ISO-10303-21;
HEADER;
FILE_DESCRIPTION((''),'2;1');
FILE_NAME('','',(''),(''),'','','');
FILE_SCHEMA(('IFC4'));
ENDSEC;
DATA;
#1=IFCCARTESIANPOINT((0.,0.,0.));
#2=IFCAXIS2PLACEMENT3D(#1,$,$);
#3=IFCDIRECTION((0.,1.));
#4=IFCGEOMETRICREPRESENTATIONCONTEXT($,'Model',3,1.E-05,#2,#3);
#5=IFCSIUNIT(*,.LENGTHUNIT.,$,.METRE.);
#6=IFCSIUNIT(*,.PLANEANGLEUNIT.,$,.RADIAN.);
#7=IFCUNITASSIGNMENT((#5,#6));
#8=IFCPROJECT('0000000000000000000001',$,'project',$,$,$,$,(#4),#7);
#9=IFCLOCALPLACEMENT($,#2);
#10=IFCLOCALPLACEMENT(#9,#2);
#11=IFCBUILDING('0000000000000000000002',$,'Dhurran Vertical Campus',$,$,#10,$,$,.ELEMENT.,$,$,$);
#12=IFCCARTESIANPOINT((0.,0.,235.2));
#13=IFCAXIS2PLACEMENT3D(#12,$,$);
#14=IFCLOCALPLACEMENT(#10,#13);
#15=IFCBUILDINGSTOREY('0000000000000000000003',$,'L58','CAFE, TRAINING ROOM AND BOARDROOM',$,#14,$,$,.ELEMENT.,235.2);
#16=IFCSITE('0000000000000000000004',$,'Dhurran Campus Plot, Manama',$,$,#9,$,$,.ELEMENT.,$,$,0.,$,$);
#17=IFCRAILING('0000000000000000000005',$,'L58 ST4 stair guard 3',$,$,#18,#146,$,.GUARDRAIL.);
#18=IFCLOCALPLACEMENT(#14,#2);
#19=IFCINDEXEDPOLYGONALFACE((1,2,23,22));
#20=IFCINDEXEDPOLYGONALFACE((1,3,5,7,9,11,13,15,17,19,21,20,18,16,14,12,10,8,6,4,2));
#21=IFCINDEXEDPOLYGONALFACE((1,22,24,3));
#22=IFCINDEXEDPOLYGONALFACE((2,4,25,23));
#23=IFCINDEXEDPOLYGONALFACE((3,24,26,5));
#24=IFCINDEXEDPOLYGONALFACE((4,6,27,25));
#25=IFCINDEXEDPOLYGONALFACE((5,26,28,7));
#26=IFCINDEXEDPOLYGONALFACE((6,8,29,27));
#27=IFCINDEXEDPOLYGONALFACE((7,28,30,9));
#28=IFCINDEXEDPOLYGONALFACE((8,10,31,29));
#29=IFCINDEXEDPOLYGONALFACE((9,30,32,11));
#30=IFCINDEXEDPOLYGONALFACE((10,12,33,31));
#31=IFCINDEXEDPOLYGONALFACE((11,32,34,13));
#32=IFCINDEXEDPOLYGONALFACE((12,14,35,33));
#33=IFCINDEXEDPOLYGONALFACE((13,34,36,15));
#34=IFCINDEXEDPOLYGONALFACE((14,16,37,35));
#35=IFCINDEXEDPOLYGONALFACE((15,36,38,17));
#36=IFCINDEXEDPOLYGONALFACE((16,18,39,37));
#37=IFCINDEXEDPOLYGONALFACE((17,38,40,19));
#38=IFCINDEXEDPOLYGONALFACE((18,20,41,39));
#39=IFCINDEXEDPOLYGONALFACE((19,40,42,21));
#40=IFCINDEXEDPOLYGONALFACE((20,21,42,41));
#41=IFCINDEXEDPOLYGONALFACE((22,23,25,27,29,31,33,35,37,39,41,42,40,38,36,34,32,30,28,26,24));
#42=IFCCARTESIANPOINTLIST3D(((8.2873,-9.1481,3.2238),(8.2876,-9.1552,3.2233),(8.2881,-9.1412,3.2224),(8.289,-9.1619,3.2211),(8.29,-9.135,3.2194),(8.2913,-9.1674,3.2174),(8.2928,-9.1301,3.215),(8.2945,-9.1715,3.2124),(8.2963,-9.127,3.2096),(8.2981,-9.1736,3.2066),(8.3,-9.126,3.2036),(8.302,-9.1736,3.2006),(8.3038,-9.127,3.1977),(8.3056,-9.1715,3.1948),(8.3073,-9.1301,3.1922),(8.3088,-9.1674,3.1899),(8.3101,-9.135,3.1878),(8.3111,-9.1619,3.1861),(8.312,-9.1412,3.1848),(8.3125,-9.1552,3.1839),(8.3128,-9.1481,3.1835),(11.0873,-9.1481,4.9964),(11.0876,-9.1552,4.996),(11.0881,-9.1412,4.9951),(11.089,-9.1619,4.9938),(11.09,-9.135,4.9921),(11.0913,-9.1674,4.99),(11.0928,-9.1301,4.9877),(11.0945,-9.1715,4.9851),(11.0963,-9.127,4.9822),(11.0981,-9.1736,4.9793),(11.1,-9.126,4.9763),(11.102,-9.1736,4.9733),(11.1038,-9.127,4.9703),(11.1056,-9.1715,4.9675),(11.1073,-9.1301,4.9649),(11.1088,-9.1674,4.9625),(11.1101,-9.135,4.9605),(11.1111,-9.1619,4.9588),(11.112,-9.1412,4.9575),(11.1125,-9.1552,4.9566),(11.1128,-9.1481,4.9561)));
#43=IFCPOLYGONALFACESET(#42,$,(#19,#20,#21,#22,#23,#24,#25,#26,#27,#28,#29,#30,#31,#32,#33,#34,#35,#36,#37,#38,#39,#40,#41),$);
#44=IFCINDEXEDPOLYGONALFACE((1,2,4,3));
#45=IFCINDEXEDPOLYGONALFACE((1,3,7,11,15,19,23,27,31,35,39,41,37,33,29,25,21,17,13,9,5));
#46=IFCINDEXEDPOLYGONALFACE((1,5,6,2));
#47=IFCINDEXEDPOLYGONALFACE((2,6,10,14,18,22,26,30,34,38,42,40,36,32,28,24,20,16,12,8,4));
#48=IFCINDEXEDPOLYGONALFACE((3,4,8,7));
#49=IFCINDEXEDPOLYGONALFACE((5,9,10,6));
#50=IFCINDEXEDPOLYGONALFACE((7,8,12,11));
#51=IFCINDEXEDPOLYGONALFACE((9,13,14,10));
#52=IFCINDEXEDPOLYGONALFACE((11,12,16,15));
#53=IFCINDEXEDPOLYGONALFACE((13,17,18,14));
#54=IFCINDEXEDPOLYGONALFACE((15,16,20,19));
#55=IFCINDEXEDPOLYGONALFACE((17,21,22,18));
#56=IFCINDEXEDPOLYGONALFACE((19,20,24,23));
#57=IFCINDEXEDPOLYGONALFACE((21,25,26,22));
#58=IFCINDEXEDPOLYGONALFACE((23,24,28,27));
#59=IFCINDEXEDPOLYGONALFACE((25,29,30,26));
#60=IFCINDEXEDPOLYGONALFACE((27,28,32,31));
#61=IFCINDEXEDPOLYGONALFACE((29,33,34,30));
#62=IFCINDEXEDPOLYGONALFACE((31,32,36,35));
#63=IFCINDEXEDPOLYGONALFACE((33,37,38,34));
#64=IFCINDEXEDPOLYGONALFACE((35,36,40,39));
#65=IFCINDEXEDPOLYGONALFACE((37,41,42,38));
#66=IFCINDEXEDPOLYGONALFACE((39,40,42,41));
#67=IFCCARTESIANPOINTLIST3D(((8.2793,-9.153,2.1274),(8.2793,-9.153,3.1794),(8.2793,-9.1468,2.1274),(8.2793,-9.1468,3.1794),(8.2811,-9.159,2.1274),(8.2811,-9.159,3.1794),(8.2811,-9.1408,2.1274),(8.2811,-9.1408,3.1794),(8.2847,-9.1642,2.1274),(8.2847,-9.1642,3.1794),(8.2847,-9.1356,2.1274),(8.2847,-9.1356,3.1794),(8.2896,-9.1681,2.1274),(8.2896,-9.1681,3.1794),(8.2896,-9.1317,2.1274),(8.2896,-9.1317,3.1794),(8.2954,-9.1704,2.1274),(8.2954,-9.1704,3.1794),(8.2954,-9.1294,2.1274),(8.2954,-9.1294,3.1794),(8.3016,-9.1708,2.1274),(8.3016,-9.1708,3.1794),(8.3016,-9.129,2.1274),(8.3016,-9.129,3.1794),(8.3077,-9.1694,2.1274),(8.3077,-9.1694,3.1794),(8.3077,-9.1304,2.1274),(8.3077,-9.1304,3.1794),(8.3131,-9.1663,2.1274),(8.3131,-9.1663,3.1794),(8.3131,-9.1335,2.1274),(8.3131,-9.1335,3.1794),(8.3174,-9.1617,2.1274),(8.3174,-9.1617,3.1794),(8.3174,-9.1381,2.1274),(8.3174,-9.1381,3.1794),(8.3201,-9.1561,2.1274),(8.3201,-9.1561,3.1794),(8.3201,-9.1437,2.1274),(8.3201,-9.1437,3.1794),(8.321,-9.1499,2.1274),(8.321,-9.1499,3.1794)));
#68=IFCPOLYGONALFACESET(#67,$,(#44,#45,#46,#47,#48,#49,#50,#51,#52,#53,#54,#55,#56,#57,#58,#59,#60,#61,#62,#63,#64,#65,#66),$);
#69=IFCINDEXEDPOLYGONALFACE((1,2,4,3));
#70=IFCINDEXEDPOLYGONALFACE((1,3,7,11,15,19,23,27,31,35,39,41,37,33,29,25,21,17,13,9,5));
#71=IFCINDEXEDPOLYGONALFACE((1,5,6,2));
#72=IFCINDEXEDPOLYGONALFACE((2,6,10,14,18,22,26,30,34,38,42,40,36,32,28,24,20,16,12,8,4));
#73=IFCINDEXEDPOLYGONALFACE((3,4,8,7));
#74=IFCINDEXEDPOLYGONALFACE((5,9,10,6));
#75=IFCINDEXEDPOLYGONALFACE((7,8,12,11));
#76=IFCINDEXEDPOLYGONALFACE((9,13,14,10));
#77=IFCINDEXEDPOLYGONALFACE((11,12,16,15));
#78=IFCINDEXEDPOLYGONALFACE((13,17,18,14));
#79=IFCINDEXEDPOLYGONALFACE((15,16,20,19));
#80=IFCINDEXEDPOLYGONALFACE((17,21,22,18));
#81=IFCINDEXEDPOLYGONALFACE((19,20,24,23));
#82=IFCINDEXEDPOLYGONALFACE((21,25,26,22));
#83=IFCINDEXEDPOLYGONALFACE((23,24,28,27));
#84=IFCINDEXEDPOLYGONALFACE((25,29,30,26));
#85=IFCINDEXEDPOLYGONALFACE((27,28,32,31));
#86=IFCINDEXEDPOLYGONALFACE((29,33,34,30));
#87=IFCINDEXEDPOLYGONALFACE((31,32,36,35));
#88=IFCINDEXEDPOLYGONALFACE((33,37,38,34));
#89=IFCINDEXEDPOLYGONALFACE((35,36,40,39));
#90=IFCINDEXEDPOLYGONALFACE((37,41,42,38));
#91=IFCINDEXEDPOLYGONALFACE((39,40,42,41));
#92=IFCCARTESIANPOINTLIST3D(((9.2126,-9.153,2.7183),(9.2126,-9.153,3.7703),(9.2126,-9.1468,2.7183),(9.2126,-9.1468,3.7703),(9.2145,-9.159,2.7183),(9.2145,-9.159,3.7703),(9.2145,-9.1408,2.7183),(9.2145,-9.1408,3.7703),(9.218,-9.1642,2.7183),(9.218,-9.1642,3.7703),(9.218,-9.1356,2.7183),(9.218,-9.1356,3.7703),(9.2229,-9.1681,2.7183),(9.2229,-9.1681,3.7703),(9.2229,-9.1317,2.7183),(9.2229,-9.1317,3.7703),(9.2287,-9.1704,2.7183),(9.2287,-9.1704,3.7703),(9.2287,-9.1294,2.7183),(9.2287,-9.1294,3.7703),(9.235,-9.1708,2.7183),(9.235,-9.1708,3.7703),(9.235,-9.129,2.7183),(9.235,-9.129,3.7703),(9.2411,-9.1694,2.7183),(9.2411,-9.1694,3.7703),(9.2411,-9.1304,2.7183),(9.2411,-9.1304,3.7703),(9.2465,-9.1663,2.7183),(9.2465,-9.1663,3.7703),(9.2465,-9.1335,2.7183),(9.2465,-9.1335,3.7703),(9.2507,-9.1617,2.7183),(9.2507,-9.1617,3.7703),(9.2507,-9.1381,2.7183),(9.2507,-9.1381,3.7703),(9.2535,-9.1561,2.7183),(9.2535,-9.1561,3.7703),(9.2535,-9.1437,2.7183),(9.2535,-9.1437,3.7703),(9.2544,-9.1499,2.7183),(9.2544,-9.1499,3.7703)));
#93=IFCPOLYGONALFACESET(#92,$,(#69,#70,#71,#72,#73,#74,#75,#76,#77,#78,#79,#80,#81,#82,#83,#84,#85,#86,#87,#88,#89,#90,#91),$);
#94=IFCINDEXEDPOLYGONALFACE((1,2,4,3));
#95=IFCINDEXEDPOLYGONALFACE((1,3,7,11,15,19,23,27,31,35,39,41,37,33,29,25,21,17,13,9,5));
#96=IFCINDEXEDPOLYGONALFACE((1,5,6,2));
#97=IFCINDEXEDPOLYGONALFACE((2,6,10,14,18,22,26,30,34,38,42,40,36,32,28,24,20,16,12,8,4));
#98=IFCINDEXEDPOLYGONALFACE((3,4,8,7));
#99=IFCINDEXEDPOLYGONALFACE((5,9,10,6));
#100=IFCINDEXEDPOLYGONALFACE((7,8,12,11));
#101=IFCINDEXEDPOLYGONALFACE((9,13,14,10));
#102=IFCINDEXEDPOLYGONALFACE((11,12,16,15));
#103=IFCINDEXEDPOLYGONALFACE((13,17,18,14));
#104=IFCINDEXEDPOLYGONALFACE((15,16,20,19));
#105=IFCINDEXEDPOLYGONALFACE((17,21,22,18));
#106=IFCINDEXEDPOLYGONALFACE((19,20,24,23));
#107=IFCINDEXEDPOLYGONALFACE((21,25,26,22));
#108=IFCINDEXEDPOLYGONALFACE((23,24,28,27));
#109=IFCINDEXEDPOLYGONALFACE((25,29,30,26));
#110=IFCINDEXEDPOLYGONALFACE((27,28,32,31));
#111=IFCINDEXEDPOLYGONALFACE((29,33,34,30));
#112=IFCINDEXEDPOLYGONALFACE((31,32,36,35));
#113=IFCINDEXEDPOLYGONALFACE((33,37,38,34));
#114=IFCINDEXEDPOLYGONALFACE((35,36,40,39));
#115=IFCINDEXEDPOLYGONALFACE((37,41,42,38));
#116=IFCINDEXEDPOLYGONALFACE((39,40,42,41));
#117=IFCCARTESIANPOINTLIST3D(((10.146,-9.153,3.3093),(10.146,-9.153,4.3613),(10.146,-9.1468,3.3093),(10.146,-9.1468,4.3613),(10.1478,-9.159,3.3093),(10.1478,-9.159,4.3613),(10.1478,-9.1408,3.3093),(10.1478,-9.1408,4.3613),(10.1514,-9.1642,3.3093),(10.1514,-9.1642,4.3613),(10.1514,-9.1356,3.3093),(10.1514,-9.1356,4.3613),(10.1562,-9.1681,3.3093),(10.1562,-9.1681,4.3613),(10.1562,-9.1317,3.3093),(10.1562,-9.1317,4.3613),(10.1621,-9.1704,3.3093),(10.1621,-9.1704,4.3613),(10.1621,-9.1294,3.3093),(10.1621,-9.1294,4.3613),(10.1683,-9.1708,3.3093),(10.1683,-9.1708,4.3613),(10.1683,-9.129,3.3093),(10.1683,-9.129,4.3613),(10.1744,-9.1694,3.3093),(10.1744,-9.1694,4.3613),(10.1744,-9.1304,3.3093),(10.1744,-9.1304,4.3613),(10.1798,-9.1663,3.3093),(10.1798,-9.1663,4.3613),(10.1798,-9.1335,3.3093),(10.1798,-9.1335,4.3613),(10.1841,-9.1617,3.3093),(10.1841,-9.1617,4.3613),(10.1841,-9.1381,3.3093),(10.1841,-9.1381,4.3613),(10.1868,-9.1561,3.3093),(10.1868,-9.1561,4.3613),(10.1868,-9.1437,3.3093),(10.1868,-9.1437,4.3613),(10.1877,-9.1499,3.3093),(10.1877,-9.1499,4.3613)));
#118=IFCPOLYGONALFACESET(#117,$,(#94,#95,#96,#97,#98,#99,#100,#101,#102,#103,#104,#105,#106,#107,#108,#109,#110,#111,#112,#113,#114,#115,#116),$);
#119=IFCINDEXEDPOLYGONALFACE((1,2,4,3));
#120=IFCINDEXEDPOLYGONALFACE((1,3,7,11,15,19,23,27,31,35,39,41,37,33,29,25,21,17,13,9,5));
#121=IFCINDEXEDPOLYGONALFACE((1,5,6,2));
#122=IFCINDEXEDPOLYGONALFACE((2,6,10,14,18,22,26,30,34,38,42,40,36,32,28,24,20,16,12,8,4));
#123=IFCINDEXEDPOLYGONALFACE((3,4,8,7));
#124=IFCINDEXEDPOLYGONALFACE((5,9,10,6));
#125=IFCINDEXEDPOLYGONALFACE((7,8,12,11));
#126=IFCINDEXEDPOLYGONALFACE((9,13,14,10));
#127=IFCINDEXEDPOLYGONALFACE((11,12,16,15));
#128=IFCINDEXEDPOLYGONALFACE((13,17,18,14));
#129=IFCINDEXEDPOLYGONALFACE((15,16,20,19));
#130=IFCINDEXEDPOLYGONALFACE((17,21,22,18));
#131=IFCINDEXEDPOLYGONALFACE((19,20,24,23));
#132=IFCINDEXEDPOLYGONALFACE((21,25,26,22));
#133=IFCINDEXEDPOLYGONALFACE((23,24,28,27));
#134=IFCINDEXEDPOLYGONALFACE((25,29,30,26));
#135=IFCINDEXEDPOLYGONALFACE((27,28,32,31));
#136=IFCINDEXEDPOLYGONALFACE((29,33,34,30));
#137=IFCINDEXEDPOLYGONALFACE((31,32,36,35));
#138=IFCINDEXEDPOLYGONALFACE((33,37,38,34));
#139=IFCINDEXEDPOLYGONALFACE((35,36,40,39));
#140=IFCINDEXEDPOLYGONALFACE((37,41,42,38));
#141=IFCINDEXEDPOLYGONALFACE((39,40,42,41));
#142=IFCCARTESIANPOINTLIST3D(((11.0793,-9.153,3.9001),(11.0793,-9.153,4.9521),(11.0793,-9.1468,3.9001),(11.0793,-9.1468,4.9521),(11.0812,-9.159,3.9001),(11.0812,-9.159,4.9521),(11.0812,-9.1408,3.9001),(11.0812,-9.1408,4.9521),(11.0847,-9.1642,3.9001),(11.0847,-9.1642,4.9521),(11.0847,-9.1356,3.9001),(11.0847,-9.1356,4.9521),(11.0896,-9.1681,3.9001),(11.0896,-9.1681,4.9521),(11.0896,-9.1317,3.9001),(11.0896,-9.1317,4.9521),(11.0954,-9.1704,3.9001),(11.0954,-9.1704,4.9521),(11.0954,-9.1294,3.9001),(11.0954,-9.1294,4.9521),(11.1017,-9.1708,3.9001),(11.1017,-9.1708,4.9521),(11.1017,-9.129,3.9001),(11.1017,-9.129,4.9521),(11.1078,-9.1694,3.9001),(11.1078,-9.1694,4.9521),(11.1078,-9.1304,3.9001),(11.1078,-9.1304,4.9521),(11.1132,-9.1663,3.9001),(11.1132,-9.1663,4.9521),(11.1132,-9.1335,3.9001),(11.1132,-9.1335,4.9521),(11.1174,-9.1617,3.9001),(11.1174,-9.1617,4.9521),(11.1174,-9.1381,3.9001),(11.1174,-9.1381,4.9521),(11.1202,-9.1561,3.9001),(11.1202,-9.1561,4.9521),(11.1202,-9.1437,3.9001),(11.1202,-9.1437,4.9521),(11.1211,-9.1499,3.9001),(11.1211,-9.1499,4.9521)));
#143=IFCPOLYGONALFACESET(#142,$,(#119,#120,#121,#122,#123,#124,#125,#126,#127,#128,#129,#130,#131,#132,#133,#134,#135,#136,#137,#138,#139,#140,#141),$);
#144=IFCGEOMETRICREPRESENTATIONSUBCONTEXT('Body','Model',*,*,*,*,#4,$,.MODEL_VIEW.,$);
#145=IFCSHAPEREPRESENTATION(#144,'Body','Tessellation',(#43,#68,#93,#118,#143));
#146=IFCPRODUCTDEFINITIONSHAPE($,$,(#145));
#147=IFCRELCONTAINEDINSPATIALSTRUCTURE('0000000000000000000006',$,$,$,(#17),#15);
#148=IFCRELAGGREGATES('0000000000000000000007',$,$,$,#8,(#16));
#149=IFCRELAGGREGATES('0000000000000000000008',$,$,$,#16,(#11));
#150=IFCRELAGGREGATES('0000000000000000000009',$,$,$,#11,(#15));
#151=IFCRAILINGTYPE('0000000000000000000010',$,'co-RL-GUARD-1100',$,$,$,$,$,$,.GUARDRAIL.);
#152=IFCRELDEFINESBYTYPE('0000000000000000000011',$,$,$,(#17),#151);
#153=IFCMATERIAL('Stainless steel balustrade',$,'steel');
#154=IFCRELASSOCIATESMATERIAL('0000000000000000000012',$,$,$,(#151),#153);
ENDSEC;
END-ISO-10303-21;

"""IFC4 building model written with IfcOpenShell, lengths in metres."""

from ifc_helpers import new_model, si_unit, direction, frame, origin, origin_2d, place, context, subcontext, project, spatial, circle, extrude, material, type_object, element, save


model = new_model("IFC4")

# Units and contexts
model_context = context("Model", 3, precision=1e-05, world=origin(), true_north=direction((0.0, 1.0)))
body_context = subcontext(model_context, "Body", "Model", "MODEL_VIEW")
ifc_project = project(units=[si_unit("LENGTHUNIT", "METRE"), si_unit("PLANEANGLEUNIT", "RADIAN")], contexts=[model_context])

# Site, building, storey
site_placement = place(None, origin())
site = spatial("IfcSite", under=ifc_project, at=site_placement, Name="Dhurran Campus Plot, Manama", CompositionType="ELEMENT", RefElevation=0.0)
building_placement = place(site_placement, origin())
building = spatial("IfcBuilding", under=site, at=building_placement, Name="Dhurran Vertical Campus", CompositionType="ELEMENT")
storey_placement = place(building_placement, frame((0.0, 0.0, 235.2)))
storey = spatial("IfcBuildingStorey", under=building, at=storey_placement, Name="L58", Description="CAFE, TRAINING ROOM AND BOARDROOM", CompositionType="ELEMENT", Elevation=235.2)

# Railing
ifc_material_1 = material(Name="Stainless steel balustrade", Category="steel")
railing_type_1 = type_object("IfcRailingType", Name="co-RL-GUARD-1100", PredefinedType="GUARDRAIL", material=ifc_material_1)
railing_1_placement = place(storey_placement, frame((8.3, -9.1499, 2.1274)))
element("IfcRailing", 1, at=railing_1_placement, inside=storey, type_object=railing_type_1, Name="L58 ST4 stair guard 3", PredefinedType="GUARDRAIL", context=body_context, shape_type="SweptSolid", body=[
    extrude(circle(Radius=0.0239, at=origin_2d()), frame((0.0, 0.0, 1.0762), z_axis=(0.844909, 0.0, 0.53491), x_axis=(0.0, 1.0, 0.0)), (0.0, 0.0, 1.0), 3.314),
    extrude(circle(Radius=0.021, at=origin_2d()), origin(), (0.0, 0.0, 1.0), 1.052),
    extrude(circle(Radius=0.021, at=origin_2d()), frame((0.9333, 0.0, 0.5908)), (0.0, 0.0, 1.0), 1.052),
    extrude(circle(Radius=0.021, at=origin_2d()), frame((1.8667, 0.0, 1.1819)), (0.0, 0.0, 1.0), 1.052),
    extrude(circle(Radius=0.021, at=origin_2d()), frame((2.8, 0.0, 1.7727)), (0.0, 0.0, 1.0), 1.052),
])

save(model, "model.ifc")
